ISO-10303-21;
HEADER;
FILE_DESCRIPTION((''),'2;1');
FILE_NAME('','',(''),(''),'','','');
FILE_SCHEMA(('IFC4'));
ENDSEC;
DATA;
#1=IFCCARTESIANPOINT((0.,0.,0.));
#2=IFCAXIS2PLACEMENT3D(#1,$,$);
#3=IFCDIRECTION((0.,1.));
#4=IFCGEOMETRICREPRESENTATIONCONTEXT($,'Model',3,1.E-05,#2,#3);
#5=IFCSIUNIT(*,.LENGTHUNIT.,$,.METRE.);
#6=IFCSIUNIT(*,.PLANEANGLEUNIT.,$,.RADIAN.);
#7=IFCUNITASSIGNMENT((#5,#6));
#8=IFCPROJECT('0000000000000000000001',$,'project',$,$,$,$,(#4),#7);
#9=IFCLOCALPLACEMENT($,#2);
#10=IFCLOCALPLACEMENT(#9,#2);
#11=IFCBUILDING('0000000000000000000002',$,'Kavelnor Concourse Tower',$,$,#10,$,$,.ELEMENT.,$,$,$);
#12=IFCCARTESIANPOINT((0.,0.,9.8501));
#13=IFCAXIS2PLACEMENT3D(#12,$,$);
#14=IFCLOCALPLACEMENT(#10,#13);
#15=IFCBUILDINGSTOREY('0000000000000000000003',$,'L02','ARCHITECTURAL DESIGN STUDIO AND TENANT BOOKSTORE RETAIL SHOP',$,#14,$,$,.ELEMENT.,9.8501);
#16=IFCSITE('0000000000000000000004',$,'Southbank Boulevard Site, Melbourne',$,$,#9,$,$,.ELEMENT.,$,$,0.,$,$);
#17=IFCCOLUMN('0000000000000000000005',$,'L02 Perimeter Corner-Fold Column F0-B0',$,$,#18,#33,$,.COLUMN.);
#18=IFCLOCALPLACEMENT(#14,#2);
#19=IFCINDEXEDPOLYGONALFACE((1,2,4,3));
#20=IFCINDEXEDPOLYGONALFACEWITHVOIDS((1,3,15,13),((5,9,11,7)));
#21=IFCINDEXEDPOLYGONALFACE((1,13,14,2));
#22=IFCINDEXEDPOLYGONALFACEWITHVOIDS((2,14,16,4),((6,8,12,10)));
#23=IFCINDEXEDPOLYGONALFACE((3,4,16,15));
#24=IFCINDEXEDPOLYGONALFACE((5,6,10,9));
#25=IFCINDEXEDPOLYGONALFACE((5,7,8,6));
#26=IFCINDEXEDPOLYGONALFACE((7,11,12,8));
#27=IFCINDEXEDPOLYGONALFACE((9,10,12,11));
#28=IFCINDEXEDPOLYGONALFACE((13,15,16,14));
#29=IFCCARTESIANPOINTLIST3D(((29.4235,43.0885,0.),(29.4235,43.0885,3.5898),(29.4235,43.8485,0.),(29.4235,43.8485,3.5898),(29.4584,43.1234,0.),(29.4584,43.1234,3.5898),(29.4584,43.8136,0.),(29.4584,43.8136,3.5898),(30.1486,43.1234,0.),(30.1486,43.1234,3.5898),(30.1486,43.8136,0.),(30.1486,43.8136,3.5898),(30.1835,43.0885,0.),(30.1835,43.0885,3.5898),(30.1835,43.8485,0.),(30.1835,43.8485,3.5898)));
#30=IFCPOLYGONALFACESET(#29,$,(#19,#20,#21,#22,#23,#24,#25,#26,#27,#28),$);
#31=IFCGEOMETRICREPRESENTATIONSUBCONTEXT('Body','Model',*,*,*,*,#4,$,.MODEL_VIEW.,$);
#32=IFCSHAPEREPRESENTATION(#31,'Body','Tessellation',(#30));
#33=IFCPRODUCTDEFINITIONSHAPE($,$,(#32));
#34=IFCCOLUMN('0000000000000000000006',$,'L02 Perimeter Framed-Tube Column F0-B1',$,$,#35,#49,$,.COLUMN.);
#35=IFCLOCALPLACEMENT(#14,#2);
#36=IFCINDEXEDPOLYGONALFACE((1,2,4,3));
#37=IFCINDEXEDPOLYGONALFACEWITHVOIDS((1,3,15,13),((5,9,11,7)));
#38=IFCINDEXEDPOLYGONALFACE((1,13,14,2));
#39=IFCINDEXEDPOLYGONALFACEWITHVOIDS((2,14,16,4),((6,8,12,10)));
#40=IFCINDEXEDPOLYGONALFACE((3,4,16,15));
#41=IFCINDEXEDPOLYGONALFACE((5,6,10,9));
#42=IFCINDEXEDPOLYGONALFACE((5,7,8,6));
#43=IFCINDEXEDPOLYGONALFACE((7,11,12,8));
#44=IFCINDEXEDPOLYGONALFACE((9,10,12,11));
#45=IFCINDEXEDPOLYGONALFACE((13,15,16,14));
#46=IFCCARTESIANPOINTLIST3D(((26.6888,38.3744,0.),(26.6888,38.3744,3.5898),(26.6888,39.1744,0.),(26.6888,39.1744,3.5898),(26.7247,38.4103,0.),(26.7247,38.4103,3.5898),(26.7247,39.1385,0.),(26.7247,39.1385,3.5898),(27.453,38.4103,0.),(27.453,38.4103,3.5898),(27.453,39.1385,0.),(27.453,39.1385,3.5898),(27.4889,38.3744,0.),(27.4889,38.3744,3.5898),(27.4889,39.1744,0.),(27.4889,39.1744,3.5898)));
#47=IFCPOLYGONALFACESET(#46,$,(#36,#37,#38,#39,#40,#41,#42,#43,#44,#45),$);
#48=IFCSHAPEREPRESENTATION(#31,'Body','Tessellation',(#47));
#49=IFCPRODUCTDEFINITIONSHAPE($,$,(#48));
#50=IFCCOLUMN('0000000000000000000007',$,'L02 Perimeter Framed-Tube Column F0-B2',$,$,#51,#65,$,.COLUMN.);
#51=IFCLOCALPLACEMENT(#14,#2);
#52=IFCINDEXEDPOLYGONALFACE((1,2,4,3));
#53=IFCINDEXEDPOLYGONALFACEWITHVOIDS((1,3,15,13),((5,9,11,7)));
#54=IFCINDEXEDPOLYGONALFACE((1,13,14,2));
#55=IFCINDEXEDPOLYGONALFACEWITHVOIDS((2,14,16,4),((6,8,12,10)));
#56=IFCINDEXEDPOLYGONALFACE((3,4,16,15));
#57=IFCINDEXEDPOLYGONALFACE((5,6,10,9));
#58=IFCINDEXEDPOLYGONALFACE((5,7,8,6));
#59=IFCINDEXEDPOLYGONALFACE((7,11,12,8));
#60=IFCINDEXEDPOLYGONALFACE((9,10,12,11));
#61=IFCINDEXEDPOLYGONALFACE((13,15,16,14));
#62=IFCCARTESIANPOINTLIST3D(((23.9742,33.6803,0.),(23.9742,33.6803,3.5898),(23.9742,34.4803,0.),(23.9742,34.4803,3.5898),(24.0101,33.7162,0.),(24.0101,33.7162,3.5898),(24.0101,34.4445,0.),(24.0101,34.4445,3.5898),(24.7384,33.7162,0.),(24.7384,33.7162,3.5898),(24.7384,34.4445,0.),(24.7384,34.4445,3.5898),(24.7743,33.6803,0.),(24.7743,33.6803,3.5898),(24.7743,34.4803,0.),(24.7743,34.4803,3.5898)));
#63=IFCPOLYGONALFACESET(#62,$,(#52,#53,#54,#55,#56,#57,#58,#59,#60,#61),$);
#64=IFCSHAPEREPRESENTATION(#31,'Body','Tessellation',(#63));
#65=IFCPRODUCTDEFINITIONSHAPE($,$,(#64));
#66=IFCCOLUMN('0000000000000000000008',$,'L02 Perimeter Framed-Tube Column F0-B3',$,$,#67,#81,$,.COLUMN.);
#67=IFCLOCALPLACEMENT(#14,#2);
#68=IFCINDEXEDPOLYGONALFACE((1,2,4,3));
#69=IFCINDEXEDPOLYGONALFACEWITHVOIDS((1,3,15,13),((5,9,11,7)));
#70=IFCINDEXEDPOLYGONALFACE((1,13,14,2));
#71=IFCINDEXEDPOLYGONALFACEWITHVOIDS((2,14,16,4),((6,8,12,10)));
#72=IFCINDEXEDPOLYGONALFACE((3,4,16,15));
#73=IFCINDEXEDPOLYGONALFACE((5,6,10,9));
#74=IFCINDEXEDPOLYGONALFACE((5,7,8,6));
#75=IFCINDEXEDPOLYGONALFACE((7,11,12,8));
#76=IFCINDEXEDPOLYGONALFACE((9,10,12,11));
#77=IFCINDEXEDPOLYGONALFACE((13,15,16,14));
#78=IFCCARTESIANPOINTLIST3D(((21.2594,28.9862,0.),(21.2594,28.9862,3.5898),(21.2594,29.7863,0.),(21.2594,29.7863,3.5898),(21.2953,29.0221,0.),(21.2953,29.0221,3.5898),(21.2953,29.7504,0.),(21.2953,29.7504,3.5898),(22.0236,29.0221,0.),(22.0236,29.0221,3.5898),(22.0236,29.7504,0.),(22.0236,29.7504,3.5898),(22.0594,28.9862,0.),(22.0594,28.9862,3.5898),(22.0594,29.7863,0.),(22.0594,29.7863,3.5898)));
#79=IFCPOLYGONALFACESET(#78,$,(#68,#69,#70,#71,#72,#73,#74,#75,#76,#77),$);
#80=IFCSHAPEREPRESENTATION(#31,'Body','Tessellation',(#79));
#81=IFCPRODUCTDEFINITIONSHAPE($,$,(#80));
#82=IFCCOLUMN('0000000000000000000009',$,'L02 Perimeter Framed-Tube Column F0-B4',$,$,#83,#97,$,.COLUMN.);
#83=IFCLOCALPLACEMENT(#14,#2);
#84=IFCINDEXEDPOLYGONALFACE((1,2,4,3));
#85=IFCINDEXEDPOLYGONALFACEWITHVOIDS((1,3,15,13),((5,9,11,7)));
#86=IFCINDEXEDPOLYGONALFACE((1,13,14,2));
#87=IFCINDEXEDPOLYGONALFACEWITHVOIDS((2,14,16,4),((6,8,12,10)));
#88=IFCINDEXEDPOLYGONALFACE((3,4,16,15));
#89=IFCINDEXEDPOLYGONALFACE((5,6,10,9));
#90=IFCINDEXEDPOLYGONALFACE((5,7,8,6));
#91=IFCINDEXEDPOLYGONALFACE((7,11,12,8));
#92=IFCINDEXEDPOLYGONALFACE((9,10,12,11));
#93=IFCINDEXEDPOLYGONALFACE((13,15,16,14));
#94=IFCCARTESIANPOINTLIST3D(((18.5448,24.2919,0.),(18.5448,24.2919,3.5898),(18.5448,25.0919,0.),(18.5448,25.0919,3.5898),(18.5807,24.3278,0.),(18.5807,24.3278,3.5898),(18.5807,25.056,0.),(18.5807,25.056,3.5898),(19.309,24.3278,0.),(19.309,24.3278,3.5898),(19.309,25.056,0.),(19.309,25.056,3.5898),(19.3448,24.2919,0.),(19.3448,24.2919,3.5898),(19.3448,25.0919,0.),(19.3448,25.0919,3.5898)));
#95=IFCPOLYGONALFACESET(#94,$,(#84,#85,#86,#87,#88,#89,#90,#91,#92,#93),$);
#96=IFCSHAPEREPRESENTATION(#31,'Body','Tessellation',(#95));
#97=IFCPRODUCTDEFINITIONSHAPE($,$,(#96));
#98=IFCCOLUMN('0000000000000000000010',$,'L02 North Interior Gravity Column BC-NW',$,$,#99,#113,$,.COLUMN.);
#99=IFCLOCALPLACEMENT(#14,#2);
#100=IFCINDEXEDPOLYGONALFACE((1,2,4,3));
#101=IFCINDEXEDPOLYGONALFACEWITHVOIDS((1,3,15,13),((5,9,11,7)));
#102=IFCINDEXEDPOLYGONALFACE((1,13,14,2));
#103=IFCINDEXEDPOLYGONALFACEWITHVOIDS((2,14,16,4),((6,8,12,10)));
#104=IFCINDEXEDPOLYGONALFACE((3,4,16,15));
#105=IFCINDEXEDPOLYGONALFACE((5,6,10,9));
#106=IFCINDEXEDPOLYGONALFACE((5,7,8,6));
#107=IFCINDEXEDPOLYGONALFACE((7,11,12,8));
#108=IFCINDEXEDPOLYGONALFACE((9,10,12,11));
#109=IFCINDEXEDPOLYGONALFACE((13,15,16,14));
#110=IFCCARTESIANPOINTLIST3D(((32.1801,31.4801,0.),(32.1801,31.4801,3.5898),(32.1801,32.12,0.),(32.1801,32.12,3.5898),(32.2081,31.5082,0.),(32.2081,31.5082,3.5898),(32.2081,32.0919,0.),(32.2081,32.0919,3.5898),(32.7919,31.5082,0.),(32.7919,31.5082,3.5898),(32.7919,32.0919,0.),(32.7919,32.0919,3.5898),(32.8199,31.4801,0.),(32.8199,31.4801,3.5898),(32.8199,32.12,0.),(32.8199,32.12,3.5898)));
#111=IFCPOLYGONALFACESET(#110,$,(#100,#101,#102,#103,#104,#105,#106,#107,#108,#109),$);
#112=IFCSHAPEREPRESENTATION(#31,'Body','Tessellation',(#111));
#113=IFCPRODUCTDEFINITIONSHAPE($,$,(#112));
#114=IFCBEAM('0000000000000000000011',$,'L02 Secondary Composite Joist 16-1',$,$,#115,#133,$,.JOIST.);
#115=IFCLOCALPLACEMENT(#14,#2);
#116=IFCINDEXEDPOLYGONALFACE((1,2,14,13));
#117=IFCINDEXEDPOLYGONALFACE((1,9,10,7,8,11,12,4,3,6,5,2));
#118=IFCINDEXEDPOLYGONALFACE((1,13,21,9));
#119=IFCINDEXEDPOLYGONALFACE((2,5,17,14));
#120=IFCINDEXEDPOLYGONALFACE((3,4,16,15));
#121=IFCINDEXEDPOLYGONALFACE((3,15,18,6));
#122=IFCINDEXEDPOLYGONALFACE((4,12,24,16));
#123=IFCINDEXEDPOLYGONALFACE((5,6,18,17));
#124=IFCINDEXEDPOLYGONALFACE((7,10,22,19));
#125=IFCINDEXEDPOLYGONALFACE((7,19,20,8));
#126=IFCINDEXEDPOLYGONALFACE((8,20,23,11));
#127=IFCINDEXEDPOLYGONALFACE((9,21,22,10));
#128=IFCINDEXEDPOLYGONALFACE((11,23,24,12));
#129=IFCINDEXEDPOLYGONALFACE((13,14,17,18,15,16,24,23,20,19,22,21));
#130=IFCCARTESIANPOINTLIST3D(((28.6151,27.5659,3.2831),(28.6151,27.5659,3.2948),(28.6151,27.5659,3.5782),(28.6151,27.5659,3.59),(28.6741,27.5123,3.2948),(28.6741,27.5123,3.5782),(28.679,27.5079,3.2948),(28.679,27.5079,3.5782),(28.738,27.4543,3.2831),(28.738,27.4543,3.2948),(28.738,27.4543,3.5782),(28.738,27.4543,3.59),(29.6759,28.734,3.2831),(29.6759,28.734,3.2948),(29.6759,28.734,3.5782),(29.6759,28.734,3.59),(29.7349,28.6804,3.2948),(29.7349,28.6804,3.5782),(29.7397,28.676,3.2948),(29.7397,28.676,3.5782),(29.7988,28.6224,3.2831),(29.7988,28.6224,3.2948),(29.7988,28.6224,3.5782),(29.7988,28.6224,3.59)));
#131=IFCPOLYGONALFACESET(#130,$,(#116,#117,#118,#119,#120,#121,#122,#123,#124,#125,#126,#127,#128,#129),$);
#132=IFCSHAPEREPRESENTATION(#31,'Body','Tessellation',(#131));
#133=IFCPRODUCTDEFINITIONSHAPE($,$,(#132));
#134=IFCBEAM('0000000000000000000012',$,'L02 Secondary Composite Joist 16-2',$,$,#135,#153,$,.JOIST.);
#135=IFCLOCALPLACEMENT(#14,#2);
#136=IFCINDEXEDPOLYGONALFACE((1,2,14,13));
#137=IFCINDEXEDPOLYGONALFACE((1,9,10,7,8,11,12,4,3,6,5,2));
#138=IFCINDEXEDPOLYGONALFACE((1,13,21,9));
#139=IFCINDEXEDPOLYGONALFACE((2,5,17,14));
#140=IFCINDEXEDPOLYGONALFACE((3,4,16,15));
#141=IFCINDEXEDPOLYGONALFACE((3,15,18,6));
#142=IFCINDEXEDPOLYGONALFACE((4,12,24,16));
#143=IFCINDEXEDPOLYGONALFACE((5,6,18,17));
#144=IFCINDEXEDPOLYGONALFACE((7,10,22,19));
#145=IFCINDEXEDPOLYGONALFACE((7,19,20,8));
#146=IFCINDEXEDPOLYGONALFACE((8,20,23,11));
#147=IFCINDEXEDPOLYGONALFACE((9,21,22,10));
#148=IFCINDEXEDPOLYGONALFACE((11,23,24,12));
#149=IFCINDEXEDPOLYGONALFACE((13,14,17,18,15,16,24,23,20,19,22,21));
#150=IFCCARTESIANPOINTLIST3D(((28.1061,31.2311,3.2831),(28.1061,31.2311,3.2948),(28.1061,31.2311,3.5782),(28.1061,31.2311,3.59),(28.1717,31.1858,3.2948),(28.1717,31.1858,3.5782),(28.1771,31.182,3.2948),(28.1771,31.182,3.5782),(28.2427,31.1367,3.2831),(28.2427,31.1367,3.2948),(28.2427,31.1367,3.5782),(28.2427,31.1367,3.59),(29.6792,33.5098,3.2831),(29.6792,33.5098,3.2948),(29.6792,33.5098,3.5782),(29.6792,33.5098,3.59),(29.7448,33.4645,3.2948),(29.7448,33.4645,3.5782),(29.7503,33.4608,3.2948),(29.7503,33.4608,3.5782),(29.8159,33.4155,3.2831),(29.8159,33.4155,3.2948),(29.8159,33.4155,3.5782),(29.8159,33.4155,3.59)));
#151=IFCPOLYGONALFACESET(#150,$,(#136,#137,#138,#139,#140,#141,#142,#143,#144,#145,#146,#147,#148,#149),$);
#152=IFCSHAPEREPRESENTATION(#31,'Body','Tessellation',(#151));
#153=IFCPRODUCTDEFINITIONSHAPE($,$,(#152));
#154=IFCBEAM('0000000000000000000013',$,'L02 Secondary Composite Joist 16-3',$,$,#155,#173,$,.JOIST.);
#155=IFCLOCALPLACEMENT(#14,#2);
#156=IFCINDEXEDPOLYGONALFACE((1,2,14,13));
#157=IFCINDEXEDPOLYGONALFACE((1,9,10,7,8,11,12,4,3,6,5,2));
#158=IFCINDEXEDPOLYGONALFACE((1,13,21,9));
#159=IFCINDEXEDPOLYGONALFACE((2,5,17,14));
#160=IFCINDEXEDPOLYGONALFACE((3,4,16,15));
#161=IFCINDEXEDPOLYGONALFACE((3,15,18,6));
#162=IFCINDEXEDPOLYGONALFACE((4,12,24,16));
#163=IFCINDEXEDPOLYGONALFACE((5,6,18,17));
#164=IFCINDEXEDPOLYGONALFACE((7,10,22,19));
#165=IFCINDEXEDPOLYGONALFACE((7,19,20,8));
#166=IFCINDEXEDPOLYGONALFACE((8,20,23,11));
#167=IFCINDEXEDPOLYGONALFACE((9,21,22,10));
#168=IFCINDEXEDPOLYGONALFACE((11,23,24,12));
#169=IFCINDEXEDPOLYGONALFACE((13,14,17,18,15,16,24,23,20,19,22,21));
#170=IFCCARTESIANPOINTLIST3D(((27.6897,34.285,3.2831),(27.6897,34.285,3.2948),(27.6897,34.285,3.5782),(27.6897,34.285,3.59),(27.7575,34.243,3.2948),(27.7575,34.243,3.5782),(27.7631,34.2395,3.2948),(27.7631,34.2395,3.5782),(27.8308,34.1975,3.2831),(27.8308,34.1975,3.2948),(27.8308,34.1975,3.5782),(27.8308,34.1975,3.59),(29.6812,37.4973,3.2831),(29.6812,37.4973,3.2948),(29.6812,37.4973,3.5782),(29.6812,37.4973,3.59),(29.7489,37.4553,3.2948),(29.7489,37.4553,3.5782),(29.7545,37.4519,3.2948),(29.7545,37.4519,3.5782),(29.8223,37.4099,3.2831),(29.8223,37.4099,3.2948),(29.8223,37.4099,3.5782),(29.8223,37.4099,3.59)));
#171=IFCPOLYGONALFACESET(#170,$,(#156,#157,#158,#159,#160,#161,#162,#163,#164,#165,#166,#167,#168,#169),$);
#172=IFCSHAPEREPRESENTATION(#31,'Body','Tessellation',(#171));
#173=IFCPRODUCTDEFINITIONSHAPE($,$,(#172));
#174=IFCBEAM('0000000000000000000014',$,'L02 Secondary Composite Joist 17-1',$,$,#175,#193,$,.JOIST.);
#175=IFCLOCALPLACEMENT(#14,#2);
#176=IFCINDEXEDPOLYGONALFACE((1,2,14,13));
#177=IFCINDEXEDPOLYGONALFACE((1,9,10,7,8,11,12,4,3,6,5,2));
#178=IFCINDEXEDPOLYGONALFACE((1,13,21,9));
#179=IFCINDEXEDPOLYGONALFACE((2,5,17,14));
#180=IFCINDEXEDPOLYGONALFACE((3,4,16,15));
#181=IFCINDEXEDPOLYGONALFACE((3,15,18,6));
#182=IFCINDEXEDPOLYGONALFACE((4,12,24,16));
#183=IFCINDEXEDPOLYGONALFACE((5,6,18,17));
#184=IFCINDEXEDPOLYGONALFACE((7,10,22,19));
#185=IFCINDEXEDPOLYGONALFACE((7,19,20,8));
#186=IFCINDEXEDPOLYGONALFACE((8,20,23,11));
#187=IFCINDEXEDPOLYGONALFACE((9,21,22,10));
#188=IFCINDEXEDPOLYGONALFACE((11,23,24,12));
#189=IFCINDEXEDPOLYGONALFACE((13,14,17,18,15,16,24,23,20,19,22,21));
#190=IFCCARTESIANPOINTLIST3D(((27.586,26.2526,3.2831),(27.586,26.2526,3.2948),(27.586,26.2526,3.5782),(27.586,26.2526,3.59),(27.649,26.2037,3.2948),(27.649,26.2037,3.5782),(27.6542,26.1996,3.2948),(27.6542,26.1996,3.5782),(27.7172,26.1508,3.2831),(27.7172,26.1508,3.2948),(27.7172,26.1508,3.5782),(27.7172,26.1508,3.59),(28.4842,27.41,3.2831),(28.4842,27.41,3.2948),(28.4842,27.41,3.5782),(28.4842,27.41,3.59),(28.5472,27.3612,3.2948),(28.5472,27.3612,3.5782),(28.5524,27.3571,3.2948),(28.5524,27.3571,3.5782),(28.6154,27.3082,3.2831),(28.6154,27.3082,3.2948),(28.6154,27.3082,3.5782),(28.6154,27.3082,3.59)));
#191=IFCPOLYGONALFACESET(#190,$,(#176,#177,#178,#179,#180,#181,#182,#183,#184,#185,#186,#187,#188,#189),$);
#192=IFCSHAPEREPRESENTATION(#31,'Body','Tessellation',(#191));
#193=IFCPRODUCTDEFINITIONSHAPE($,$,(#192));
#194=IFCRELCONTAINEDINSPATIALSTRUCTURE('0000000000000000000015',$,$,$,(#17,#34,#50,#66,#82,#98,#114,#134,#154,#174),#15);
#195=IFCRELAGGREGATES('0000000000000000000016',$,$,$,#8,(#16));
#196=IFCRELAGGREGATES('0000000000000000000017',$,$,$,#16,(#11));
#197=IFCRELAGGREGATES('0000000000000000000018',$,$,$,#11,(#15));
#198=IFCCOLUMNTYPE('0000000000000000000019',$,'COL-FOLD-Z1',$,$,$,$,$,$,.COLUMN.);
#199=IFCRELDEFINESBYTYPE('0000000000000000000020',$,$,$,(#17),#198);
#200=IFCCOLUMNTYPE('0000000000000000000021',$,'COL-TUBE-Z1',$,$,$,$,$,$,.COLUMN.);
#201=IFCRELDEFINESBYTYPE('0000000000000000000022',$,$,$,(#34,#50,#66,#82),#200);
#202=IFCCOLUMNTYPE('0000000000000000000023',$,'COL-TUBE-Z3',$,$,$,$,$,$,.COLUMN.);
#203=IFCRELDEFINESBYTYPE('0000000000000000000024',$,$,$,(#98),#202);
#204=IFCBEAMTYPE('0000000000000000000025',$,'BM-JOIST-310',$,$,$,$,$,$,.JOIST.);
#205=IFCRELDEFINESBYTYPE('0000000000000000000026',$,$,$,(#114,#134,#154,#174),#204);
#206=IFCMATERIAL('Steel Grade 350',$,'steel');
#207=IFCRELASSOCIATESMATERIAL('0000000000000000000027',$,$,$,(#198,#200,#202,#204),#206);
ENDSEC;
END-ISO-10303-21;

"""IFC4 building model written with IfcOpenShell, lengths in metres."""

from ifc_helpers import new_model, si_unit, direction, frame, origin, origin_2d, place, context, subcontext, project, spatial, hollow_rectangle, i_section, extrude, material, material_profile, profile_set, type_object, element, save


model = new_model("IFC4")

# Units and contexts
model_context = context("Model", 3, precision=1e-05, world=origin(), true_north=direction((0.0, 1.0)))
body_context = subcontext(model_context, "Body", "Model", "MODEL_VIEW")
ifc_project = project(units=[si_unit("LENGTHUNIT", "METRE"), si_unit("PLANEANGLEUNIT", "RADIAN")], contexts=[model_context])

# Site, building, storey
site_placement = place(None, origin())
site = spatial("IfcSite", under=ifc_project, at=site_placement, Name="Southbank Boulevard Site, Melbourne", CompositionType="ELEMENT", RefElevation=0.0)
building_placement = place(site_placement, origin())
building = spatial("IfcBuilding", under=site, at=building_placement, Name="Kavelnor Concourse Tower", CompositionType="ELEMENT")
storey_placement = place(building_placement, frame((0.0, 0.0, 9.8501)))
storey = spatial("IfcBuildingStorey", under=building, at=storey_placement, Name="L02", Description="ARCHITECTURAL DESIGN STUDIO AND TENANT BOOKSTORE RETAIL SHOP", CompositionType="ELEMENT", Elevation=9.8501)

# Columns
ifc_material_1 = material(Name="Steel Grade 350", Category="steel")
ifc_material_profile_1 = material_profile(ifc_material_1, hollow_rectangle(XDim=0.76, YDim=0.76, WallThickness=0.0349, at=origin_2d()), Name="SHS 760x760x35")
ifc_profile_set_1 = profile_set([ifc_material_profile_1], Name="Steel Grade 350")
column_type_1 = type_object("IfcColumnType", Name="COL-FOLD-Z1", PredefinedType="COLUMN", material=ifc_profile_set_1)
column_1_placement = place(storey_placement, frame((29.8035, 43.4685, 0.0), z_axis=(0.0, 0.0, 1.0), x_axis=(1.0, 0.0, 0.0)))
element("IfcColumn", 1, at=column_1_placement, inside=storey, type_object=column_type_1, Name="L02 Perimeter Corner-Fold Column F0-B0", PredefinedType="COLUMN", context=body_context, shape_type="SweptSolid", body=[
    extrude(hollow_rectangle(XDim=0.76, YDim=0.76, WallThickness=0.0349, at=origin_2d()), origin(), (0.0, 0.0, 1.0), 3.5898),
])
ifc_material_profile_2 = material_profile(ifc_material_1, hollow_rectangle(XDim=0.8, YDim=0.8, WallThickness=0.0359, at=origin_2d()), Name="SHS 800x800x36")
ifc_profile_set_2 = profile_set([ifc_material_profile_2], Name="Steel Grade 350")
column_type_2 = type_object("IfcColumnType", Name="COL-TUBE-Z1", PredefinedType="COLUMN", material=ifc_profile_set_2)
for number, where, z_axis, x_axis, name in (
    (2, (27.0889, 38.7744, 0.0), (0.0, 0.0, 1.0), (1.0, 0.0, 0.0), "L02 Perimeter Framed-Tube Column F0-B1"),
    (3, (24.3743, 34.0803, 0.0), (0.0, 0.0, 1.0), (1.0, 0.0, 0.0), "L02 Perimeter Framed-Tube Column F0-B2"),
    (4, (21.6594, 29.3862, 0.0), (0.0, 0.0, 1.0), (1.0, 0.0, 0.0), "L02 Perimeter Framed-Tube Column F0-B3"),
    (5, (18.9448, 24.6919, 0.0), (0.0, 0.0, 1.0), (1.0, 0.0, 0.0), "L02 Perimeter Framed-Tube Column F0-B4"),
):
    element("IfcColumn", number, at=place(storey_placement, frame(where, z_axis=z_axis, x_axis=x_axis)), inside=storey, type_object=column_type_2, Name=name, PredefinedType="COLUMN", context=body_context, shape_type="SweptSolid", body=[
        extrude(hollow_rectangle(XDim=0.8, YDim=0.8, WallThickness=0.0359, at=origin_2d()), origin(), (0.0, 0.0, 1.0), 3.5898),
    ])
ifc_material_profile_3 = material_profile(ifc_material_1, hollow_rectangle(XDim=0.6399, YDim=0.6399, WallThickness=0.0281, at=origin_2d()), Name="SHS 640x640x28")
ifc_profile_set_3 = profile_set([ifc_material_profile_3], Name="Steel Grade 350")
column_type_3 = type_object("IfcColumnType", Name="COL-TUBE-Z3", PredefinedType="COLUMN", material=ifc_profile_set_3)
column_2_placement = place(storey_placement, frame((32.5, 31.8, 0.0), z_axis=(0.0, 0.0, 1.0), x_axis=(1.0, 0.0, 0.0)))
element("IfcColumn", 6, at=column_2_placement, inside=storey, type_object=column_type_3, Name="L02 North Interior Gravity Column BC-NW", PredefinedType="COLUMN", context=body_context, shape_type="SweptSolid", body=[
    extrude(hollow_rectangle(XDim=0.6399, YDim=0.6399, WallThickness=0.0281, at=origin_2d()), origin(), (0.0, 0.0, 1.0), 3.5898),
])

# Beams
ifc_material_profile_4 = material_profile(ifc_material_1, i_section(OverallWidth=0.166, OverallDepth=0.3069, WebThickness=0.0066, FlangeThickness=0.0117, at=origin_2d()), Name="310UB46")
ifc_profile_set_4 = profile_set([ifc_material_profile_4], Name="Steel Grade 350")
beam_type_1 = type_object("IfcBeamType", Name="BM-JOIST-310", PredefinedType="JOIST", material=ifc_profile_set_4)
beam_1_placement = place(storey_placement, frame((29.7373, 28.6782, 3.4365), z_axis=(-0.672249, -0.740325, 0.0), x_axis=(0.740325, -0.672249, 0.0)))
element("IfcBeam", 7, at=beam_1_placement, inside=storey, type_object=beam_type_1, Name="L02 Secondary Composite Joist 16-1", PredefinedType="JOIST", context=body_context, shape_type="SweptSolid", body=[
    extrude(i_section(OverallWidth=0.166, OverallDepth=0.3069, WebThickness=0.0066, FlangeThickness=0.0117, at=origin_2d()), origin(), (0.0, 0.0, 1.0), 1.5779),
])
beam_2_placement = place(storey_placement, frame((29.7476, 33.4626, 3.4365), z_axis=(-0.568137, -0.822934, 0.0), x_axis=(0.822934, -0.568137, 0.0)))
element("IfcBeam", 8, at=beam_2_placement, inside=storey, type_object=beam_type_1, Name="L02 Secondary Composite Joist 16-2", PredefinedType="JOIST", context=body_context, shape_type="SweptSolid", body=[
    extrude(i_section(OverallWidth=0.166, OverallDepth=0.3069, WebThickness=0.0066, FlangeThickness=0.0117, at=origin_2d()), origin(), (0.0, 0.0, 1.0), 2.769),
])
beam_3_placement = place(storey_placement, frame((29.7517, 37.4536, 3.4365), z_axis=(-0.526895, -0.84993, 0.0), x_axis=(0.84993, -0.526895, 0.0)))
element("IfcBeam", 9, at=beam_3_placement, inside=storey, type_object=beam_type_1, Name="L02 Secondary Composite Joist 16-3", PredefinedType="JOIST", context=body_context, shape_type="SweptSolid", body=[
    extrude(i_section(OverallWidth=0.166, OverallDepth=0.3069, WebThickness=0.0066, FlangeThickness=0.0117, at=origin_2d()), origin(), (0.0, 0.0, 1.0), 3.7795),
])
beam_4_placement = place(storey_placement, frame((28.5498, 27.3591, 3.4365), z_axis=(-0.613063, -0.790034, 0.0), x_axis=(0.790034, -0.613063, 0.0)))
element("IfcBeam", 10, at=beam_4_placement, inside=storey, type_object=beam_type_1, Name="L02 Secondary Composite Joist 17-1", PredefinedType="JOIST", context=body_context, shape_type="SweptSolid", body=[
    extrude(i_section(OverallWidth=0.166, OverallDepth=0.3069, WebThickness=0.0066, FlangeThickness=0.0117, at=origin_2d()), origin(), (0.0, 0.0, 1.0), 1.4651),
])

save(model, "model.ifc")
